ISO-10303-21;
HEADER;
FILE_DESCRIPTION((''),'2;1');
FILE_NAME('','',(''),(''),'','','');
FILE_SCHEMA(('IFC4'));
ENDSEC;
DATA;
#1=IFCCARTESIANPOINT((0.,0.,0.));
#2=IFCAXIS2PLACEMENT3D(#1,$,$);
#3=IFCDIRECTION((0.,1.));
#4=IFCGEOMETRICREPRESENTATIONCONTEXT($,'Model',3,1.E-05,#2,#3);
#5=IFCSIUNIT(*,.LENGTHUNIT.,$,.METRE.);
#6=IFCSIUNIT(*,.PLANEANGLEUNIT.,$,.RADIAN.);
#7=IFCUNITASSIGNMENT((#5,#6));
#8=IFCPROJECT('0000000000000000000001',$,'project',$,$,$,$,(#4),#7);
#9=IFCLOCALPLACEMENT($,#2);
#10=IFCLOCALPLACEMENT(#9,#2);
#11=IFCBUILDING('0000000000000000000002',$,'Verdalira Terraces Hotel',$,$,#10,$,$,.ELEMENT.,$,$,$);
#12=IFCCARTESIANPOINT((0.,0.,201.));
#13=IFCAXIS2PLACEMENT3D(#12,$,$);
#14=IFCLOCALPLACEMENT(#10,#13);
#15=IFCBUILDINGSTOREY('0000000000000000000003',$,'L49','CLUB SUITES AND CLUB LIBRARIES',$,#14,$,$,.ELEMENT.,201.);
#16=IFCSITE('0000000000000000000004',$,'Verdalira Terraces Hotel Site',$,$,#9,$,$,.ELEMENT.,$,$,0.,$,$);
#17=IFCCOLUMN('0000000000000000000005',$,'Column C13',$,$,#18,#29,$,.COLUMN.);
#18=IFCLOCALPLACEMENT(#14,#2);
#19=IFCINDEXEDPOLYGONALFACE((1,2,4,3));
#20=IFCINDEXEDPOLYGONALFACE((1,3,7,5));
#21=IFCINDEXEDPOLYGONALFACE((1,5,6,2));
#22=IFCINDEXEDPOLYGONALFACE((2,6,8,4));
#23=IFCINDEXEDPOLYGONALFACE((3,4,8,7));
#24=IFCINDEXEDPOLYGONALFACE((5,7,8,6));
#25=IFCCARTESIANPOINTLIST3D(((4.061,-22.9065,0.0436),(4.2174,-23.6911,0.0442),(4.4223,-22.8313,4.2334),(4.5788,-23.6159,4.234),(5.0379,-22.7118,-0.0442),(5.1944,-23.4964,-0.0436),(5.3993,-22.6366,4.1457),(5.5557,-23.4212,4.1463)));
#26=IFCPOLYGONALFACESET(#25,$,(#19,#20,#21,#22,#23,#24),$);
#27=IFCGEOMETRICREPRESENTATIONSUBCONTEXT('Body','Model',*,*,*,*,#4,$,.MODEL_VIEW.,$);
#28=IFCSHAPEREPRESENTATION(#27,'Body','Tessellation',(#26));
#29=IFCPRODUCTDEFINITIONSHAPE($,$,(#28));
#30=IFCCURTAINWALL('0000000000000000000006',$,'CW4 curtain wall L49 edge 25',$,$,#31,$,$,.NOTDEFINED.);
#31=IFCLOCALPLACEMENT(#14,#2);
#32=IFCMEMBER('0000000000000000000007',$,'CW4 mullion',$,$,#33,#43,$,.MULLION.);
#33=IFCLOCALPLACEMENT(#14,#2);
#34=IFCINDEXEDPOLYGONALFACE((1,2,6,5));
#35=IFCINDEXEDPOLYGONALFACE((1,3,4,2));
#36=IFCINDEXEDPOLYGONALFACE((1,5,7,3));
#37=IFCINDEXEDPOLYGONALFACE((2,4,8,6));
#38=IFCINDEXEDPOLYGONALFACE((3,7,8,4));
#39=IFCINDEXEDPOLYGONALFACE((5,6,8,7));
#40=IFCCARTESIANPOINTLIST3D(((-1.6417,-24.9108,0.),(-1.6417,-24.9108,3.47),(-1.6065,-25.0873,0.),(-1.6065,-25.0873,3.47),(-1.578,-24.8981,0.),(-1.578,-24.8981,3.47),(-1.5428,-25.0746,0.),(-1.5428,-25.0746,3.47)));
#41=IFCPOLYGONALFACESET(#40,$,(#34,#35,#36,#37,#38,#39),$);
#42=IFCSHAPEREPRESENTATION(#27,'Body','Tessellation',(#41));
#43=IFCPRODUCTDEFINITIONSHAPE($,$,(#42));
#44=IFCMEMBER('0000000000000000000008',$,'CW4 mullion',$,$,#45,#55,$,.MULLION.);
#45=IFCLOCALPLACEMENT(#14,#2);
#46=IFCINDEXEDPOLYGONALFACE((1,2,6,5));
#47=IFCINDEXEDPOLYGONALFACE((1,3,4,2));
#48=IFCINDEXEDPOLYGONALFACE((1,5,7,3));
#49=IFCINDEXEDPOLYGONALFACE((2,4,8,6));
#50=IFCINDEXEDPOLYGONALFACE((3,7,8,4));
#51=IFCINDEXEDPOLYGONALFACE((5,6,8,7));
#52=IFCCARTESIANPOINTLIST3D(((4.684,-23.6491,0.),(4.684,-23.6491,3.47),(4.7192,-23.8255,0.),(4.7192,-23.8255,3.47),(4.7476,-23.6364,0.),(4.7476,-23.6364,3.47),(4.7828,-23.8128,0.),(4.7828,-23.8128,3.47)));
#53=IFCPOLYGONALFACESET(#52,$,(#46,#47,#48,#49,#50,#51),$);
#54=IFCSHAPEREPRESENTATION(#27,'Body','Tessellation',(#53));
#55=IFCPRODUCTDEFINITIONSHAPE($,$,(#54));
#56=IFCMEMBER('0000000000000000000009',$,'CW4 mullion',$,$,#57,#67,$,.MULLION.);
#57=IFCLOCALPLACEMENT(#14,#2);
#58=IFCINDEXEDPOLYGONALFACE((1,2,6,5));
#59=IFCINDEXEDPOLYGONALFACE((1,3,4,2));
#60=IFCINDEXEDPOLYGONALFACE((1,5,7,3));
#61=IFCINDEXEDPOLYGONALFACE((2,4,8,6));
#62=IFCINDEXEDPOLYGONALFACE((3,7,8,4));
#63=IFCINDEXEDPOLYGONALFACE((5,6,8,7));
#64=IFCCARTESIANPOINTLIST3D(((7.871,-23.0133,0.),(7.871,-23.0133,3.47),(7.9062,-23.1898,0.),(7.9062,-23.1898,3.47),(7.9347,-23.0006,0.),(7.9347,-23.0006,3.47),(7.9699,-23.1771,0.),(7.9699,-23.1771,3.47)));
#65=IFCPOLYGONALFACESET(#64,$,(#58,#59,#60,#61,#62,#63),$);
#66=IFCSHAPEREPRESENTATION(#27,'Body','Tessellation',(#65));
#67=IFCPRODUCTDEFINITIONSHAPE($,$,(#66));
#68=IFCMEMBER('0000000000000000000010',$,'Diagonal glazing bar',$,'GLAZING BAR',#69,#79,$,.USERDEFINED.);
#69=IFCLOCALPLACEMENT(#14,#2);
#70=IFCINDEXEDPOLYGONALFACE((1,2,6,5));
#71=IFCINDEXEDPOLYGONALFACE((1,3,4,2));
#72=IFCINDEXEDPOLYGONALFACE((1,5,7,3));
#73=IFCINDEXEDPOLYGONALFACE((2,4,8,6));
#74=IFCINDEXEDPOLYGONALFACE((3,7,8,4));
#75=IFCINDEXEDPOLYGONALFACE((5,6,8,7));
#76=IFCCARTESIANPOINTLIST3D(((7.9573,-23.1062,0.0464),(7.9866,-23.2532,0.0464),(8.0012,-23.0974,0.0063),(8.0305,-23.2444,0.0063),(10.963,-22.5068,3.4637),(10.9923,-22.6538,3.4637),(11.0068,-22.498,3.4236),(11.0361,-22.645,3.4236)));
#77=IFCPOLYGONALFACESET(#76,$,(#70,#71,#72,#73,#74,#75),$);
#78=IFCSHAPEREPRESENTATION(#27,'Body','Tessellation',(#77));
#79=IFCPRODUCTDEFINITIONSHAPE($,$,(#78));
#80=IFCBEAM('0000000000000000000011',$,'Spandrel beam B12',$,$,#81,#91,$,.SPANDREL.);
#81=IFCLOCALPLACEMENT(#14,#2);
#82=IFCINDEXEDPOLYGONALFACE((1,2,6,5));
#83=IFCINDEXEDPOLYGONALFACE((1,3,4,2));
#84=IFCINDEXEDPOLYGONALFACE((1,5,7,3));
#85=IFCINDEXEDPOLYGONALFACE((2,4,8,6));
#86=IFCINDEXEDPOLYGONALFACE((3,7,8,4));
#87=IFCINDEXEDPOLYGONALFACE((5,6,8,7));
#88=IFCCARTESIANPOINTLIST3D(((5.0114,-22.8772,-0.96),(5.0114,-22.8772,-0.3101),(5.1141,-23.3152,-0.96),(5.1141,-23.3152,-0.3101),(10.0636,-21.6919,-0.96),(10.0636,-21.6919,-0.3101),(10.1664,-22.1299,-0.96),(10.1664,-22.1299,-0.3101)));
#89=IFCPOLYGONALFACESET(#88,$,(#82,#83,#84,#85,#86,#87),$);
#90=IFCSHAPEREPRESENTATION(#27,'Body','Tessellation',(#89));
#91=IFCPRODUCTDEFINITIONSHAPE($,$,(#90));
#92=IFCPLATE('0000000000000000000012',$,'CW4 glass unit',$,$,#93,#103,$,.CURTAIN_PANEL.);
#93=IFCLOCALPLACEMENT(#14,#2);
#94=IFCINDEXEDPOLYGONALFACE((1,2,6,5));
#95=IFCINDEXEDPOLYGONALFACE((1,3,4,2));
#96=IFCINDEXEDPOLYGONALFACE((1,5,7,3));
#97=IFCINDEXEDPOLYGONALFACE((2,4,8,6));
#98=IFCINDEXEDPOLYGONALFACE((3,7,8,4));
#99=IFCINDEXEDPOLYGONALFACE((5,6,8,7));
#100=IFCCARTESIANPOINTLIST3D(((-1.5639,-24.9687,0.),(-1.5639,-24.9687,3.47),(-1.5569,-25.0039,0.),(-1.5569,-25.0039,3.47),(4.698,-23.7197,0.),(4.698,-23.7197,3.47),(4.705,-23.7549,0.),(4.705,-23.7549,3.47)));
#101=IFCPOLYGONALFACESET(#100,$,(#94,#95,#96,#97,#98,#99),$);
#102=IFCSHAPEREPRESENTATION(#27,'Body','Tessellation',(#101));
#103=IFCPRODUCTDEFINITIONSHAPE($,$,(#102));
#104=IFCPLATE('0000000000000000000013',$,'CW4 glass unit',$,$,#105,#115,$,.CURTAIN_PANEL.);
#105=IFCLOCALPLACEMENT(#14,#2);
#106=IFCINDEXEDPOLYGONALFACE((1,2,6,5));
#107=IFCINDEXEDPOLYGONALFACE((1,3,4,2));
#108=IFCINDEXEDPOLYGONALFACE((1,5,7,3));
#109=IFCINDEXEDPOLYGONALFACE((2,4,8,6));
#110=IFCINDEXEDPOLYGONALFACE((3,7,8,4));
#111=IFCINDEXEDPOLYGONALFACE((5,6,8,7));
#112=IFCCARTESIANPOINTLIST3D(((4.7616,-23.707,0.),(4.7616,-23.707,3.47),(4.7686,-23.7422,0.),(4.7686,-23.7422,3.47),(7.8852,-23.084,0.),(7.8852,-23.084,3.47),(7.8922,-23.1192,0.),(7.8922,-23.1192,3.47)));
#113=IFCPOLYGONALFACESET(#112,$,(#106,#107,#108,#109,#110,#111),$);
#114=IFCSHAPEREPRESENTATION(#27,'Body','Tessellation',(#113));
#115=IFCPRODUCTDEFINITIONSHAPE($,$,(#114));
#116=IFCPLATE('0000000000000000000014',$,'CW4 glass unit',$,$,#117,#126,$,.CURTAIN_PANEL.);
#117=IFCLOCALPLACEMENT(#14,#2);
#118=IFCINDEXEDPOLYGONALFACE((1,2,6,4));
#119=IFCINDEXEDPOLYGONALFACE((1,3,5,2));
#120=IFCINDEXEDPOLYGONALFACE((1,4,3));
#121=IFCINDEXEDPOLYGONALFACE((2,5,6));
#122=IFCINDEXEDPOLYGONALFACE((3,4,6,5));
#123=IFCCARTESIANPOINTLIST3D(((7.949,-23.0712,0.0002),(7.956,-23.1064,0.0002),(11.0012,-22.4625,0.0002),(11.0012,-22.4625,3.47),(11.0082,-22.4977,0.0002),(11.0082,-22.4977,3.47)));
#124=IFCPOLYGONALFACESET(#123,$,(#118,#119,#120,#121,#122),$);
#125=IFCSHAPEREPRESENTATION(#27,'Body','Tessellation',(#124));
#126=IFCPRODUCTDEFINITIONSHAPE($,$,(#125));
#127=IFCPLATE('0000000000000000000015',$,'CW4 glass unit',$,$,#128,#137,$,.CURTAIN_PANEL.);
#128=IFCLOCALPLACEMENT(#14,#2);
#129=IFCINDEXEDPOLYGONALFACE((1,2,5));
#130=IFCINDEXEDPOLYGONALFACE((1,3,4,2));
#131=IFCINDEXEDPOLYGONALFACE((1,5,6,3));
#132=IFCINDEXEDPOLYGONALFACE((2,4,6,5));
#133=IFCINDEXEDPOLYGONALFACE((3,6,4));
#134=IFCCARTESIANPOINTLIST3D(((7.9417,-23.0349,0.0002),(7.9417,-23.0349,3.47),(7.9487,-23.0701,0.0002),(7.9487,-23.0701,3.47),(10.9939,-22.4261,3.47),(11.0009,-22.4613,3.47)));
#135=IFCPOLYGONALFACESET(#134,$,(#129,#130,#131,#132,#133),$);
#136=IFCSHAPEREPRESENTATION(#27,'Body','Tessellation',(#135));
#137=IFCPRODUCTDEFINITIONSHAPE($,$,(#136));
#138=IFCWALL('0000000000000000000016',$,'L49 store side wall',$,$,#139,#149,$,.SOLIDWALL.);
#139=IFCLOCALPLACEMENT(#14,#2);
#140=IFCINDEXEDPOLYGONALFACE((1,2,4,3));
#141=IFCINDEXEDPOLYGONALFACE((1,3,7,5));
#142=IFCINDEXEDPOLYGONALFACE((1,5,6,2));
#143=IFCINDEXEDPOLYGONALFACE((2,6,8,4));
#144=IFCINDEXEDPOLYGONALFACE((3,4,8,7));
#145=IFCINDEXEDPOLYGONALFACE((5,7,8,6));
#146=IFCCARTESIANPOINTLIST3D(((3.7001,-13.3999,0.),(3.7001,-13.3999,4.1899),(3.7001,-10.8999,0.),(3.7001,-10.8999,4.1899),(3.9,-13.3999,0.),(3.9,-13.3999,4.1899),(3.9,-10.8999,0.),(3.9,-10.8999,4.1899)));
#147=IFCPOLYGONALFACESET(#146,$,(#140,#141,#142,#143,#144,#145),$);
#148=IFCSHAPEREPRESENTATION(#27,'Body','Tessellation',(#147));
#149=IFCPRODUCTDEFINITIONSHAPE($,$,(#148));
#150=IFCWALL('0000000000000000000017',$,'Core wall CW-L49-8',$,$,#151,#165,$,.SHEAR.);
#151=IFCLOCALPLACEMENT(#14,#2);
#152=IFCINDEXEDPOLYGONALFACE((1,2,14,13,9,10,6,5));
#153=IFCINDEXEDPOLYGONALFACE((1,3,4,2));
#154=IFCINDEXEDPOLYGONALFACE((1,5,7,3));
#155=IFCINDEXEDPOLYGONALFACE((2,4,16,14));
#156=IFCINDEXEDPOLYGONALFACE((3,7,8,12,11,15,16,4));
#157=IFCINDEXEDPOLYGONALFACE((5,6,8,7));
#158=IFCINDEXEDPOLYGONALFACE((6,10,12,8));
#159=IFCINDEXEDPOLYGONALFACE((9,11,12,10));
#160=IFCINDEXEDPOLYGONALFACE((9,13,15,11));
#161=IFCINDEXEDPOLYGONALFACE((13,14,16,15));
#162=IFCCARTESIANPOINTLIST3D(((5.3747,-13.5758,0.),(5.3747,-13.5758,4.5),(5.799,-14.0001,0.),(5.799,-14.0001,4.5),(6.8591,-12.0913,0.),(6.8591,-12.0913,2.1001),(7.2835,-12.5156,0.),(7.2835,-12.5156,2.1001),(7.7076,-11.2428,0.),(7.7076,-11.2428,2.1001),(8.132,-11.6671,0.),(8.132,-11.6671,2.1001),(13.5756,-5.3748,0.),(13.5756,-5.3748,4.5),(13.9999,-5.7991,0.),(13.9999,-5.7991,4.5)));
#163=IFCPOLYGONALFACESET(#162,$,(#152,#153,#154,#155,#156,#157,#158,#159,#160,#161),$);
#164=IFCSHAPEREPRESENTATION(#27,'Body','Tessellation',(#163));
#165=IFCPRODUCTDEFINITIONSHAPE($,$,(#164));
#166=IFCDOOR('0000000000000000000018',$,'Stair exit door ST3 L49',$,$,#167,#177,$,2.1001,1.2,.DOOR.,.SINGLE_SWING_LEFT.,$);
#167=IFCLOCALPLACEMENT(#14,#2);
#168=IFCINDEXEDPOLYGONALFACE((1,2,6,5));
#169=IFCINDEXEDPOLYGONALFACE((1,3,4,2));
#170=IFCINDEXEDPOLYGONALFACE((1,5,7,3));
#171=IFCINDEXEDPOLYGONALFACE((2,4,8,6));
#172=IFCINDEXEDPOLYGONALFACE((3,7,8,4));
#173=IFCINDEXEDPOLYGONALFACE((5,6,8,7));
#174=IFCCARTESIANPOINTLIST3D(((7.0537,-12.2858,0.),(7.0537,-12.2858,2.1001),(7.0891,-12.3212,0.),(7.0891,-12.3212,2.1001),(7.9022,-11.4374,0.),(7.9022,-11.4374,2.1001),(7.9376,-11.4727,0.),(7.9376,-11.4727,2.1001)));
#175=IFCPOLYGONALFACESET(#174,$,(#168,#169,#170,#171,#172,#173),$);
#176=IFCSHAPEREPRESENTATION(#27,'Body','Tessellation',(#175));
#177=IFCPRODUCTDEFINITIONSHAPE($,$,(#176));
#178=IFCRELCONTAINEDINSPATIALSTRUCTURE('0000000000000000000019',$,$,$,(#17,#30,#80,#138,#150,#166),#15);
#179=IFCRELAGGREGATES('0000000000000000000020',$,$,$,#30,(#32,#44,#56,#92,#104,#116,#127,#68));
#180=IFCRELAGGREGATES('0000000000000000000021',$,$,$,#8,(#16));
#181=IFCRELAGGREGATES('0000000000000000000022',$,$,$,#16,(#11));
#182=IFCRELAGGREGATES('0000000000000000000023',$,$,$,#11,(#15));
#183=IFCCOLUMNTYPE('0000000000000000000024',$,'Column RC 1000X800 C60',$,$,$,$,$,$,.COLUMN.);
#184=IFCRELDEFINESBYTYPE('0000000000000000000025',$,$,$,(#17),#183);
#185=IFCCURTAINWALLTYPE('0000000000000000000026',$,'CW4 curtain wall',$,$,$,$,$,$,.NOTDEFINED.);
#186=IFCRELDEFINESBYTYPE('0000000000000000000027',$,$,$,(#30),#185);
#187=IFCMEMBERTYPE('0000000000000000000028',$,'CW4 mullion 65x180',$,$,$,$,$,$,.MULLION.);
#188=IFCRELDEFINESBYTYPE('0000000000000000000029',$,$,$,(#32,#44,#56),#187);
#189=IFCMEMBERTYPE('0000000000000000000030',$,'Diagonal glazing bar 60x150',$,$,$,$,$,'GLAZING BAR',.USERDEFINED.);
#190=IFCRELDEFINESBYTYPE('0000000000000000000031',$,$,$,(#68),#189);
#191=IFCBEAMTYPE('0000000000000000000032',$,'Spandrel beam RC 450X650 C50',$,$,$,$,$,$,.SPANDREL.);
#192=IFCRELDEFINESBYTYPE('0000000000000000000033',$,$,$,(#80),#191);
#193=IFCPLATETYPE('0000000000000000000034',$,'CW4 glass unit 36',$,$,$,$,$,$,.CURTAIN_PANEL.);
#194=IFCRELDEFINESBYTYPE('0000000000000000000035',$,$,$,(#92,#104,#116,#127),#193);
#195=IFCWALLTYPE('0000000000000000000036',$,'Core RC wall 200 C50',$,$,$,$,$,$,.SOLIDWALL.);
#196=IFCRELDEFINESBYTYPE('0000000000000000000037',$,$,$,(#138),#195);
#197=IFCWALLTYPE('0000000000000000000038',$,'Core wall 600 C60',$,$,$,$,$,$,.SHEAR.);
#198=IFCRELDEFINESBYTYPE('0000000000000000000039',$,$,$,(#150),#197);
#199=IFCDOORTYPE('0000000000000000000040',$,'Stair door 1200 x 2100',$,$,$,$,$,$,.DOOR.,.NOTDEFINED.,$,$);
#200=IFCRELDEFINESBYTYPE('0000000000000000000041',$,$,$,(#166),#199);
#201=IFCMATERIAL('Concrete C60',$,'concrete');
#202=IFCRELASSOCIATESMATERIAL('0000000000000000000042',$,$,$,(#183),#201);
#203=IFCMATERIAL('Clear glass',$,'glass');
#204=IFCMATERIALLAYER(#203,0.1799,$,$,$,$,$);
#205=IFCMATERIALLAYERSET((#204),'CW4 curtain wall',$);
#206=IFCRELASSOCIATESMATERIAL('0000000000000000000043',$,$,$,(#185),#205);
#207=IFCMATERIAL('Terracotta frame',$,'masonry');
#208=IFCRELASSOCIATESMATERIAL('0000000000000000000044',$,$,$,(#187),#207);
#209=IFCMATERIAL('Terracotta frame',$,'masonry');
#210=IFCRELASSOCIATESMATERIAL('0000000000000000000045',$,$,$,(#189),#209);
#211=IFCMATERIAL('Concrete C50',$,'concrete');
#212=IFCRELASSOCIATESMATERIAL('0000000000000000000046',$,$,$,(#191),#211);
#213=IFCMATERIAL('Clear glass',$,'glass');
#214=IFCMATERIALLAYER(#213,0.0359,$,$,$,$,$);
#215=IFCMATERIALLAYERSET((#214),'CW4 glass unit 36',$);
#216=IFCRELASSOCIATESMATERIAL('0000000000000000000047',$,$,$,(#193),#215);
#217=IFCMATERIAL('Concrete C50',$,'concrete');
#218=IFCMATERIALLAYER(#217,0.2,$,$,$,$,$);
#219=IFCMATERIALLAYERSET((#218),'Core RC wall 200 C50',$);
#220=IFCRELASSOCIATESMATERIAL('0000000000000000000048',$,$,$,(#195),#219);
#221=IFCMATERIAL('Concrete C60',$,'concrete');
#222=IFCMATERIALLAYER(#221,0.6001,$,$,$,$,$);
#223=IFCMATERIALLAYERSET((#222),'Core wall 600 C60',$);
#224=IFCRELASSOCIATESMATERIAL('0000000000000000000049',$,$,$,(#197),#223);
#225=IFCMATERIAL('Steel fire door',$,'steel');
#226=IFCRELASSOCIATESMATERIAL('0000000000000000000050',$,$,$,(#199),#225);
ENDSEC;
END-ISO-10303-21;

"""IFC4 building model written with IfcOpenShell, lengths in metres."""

from ifc_helpers import new_model, si_unit, direction, frame, frame_2d, origin, origin_2d, place, context, subcontext, project, spatial, polyline, rectangle, outline, extrude, material, layer, layer_set, material_profile, profile_set, type_object, element, fill, aggregate, save


model = new_model("IFC4")

# Units and contexts
model_context = context("Model", 3, precision=1e-05, world=origin(), true_north=direction((0.0, 1.0)))
body_context = subcontext(model_context, "Body", "Model", "MODEL_VIEW")
ifc_project = project(units=[si_unit("LENGTHUNIT", "METRE"), si_unit("PLANEANGLEUNIT", "RADIAN")], contexts=[model_context])

# Site, building, storey
site_placement = place(None, origin())
site = spatial("IfcSite", under=ifc_project, at=site_placement, Name="Verdalira Terraces Hotel Site", CompositionType="ELEMENT", RefElevation=0.0)
building_placement = place(site_placement, origin())
building = spatial("IfcBuilding", under=site, at=building_placement, Name="Verdalira Terraces Hotel", CompositionType="ELEMENT")
storey_placement = place(building_placement, frame((0.0, 0.0, 201.0)))
storey = spatial("IfcBuildingStorey", under=building, at=storey_placement, Name="L49", Description="CLUB SUITES AND CLUB LIBRARIES", CompositionType="ELEMENT", Elevation=201.0)

# Column
ifc_material_1 = material(Name="Concrete C60", Category="concrete")
ifc_material_profile_1 = material_profile(ifc_material_1, rectangle(XDim=1.0, YDim=0.8, at=origin_2d()), Name="RC 1000X800")
ifc_profile_set_1 = profile_set([ifc_material_profile_1], Name="Concrete C60")
column_type = type_object("IfcColumnType", Name="Column RC 1000X800 C60", PredefinedType="COLUMN", material=ifc_profile_set_1)
column_placement = place(storey_placement, frame((4.6277, -23.2014, 0.0), z_axis=(0.085904, 0.017877, 0.996143), x_axis=(0.976927, 0.194716, -0.087742)))
element("IfcColumn", 1, at=column_placement, inside=storey, type_object=column_type, Name="Column C13", PredefinedType="COLUMN", context=body_context, shape_type="SweptSolid", body=[
    extrude(rectangle(XDim=1.0, YDim=0.8, at=origin_2d()), origin(), (0.0, 0.0, 1.0), 4.2061),
])

# Curtain wall, members
ifc_material_2 = material(Name="Clear glass", Category="glass")
ifc_layer_1 = layer(ifc_material_2, 0.1799)
ifc_layer_set_1 = layer_set([ifc_layer_1], Name="CW4 curtain wall")
curtain_wall_type = type_object("IfcCurtainWallType", Name="CW4 curtain wall", PredefinedType="NOTDEFINED", material=ifc_layer_set_1)
curtain_wall_placement = place(storey_placement, origin())
curtain_wall = element("IfcCurtainWall", 2, at=curtain_wall_placement, inside=storey, type_object=curtain_wall_type, Name="CW4 curtain wall L49 edge 25", PredefinedType="NOTDEFINED")
ifc_material_3 = material(Name="Terracotta frame", Category="masonry")
ifc_material_profile_2 = material_profile(ifc_material_3, rectangle(XDim=0.0649, YDim=0.1799, at=origin_2d()), Name="MU 65x180")
ifc_profile_set_2 = profile_set([ifc_material_profile_2], Name="Terracotta frame")
member_type_1 = type_object("IfcMemberType", Name="CW4 mullion 65x180", PredefinedType="MULLION", material=ifc_profile_set_2)
member_1_placement = place(storey_placement, frame((-1.5923, -24.9927, 0.0), z_axis=(0.0, 0.0, 1.0), x_axis=(0.980683, 0.195604, 0.0)))
member_1 = element("IfcMember", 3, at=member_1_placement, type_object=member_type_1, Name="CW4 mullion", PredefinedType="MULLION", context=body_context, shape_type="SweptSolid", body=[
    extrude(rectangle(XDim=0.0649, YDim=0.1799, at=origin_2d()), origin(), (0.0, 0.0, 1.0), 3.47),
])
member_2_placement = place(storey_placement, frame((4.7334, -23.731, 0.0), z_axis=(0.0, 0.0, 1.0), x_axis=(0.980683, 0.195604, 0.0)))
member_2 = element("IfcMember", 4, at=member_2_placement, type_object=member_type_1, Name="CW4 mullion", PredefinedType="MULLION", context=body_context, shape_type="SweptSolid", body=[
    extrude(rectangle(XDim=0.0649, YDim=0.1799, at=origin_2d()), origin(), (0.0, 0.0, 1.0), 3.47),
])
member_3_placement = place(storey_placement, frame((7.9204, -23.0952, 0.0), z_axis=(0.0, 0.0, 1.0), x_axis=(0.980683, 0.195604, 0.0)))
member_3 = element("IfcMember", 5, at=member_3_placement, type_object=member_type_1, Name="CW4 mullion", PredefinedType="MULLION", context=body_context, shape_type="SweptSolid", body=[
    extrude(rectangle(XDim=0.0649, YDim=0.1799, at=origin_2d()), origin(), (0.0, 0.0, 1.0), 3.47),
])
ifc_material_4 = material(Name="Terracotta frame", Category="masonry")
ifc_material_profile_3 = material_profile(ifc_material_4, rectangle(XDim=0.1499, YDim=0.0601, at=origin_2d()), Name="GB 60x150")
ifc_profile_set_3 = profile_set([ifc_material_profile_3], Name="Terracotta frame")
member_type_2 = type_object("IfcMemberType", Name="Diagonal glazing bar 60x150", ElementType="GLAZING BAR", PredefinedType="USERDEFINED", material=ifc_profile_set_3)
member_4_placement = place(storey_placement, frame((7.9939, -23.1753, 0.0264), z_axis=(0.654781, 0.130573, 0.744454), x_axis=(-0.195565, 0.980691, 0.0)))
member_4 = element("IfcMember", 6, at=member_4_placement, type_object=member_type_2, Name="Diagonal glazing bar", ObjectType="GLAZING BAR", PredefinedType="USERDEFINED", context=body_context, shape_type="SweptSolid", body=[
    extrude(rectangle(XDim=0.1499, YDim=0.0601, at=origin_2d()), origin(), (0.0, 0.0, 1.0), 4.5903),
])

# Beam
ifc_material_5 = material(Name="Concrete C50", Category="concrete")
ifc_material_profile_4 = material_profile(ifc_material_5, rectangle(XDim=0.45, YDim=0.6499, at=origin_2d()), Name="RC 450X650")
ifc_profile_set_4 = profile_set([ifc_material_profile_4], Name="Concrete C50")
beam_type = type_object("IfcBeamType", Name="Spandrel beam RC 450X650 C50", PredefinedType="SPANDREL", material=ifc_profile_set_4)
beam_placement = place(storey_placement, frame((5.0627, -23.0962, -0.635), z_axis=(0.973566, 0.228407, 0.0), x_axis=(-0.228407, 0.973566, 0.0)))
element("IfcBeam", 7, at=beam_placement, inside=storey, type_object=beam_type, Name="Spandrel beam B12", PredefinedType="SPANDREL", context=body_context, shape_type="SweptSolid", body=[
    extrude(rectangle(XDim=0.45, YDim=0.6499, at=origin_2d()), origin(), (0.0, 0.0, 1.0), 5.1895),
])

# Plates
ifc_material_6 = material(Name="Clear glass", Category="glass")
ifc_layer_2 = layer(ifc_material_6, 0.0359)
ifc_layer_set_2 = layer_set([ifc_layer_2], Name="CW4 glass unit 36")
plate_type = type_object("IfcPlateType", Name="CW4 glass unit 36", PredefinedType="CURTAIN_PANEL", material=ifc_layer_set_2)
plate_1_placement = place(storey_placement, frame((1.5706, -24.3618, 0.0), z_axis=(0.0, 0.0, 1.0), x_axis=(0.980683, 0.195604, 0.0)))
plate_1 = element("IfcPlate", 8, at=plate_1_placement, type_object=plate_type, Name="CW4 glass unit", PredefinedType="CURTAIN_PANEL", context=body_context, shape_type="SweptSolid", body=[
    extrude(rectangle(XDim=6.3853, YDim=0.0359, at=origin_2d()), origin(), (0.0, 0.0, 1.0), 3.47),
])
plate_2_placement = place(storey_placement, frame((6.3269, -23.4131, 0.0), z_axis=(0.0, 0.0, 1.0), x_axis=(0.980683, 0.195604, 0.0)))
plate_2 = element("IfcPlate", 9, at=plate_2_placement, type_object=plate_type, Name="CW4 glass unit", PredefinedType="CURTAIN_PANEL", context=body_context, shape_type="SweptSolid", body=[
    extrude(rectangle(XDim=3.1851, YDim=0.0359, at=origin_2d()), origin(), (0.0, 0.0, 1.0), 3.47),
])
plate_3_placement = place(storey_placement, frame((9.4751, -22.7668, 1.7351), z_axis=(0.195604, -0.980683, 0.0), x_axis=(0.980683, 0.195604, 0.0)))
plate_3 = element("IfcPlate", 10, at=plate_3_placement, type_object=plate_type, Name="CW4 glass unit", PredefinedType="CURTAIN_PANEL", context=body_context, shape_type="SweptSolid", body=[
    extrude(outline(polyline([(-1.5562, -1.7349), (1.5562, -1.7349), (1.5562, 1.7349), (-1.5562, -1.7349)])), origin(), (0.0, 0.0, 1.0), 0.0359),
])
plate_4_placement = place(storey_placement, frame((9.4678, -22.7305, 1.7351), z_axis=(0.195604, -0.980683, 0.0), x_axis=(0.980683, 0.195604, 0.0)))
plate_4 = element("IfcPlate", 11, at=plate_4_placement, type_object=plate_type, Name="CW4 glass unit", PredefinedType="CURTAIN_PANEL", context=body_context, shape_type="SweptSolid", body=[
    extrude(outline(polyline([(-1.5562, -1.7349), (1.5562, 1.7349), (-1.5562, 1.7349), (-1.5562, -1.7349)])), origin(), (0.0, 0.0, 1.0), 0.0359),
])
aggregate(curtain_wall, [member_1, member_2, member_3, plate_1, plate_2, plate_3, plate_4, member_4])

# Wall
ifc_material_7 = material(Name="Concrete C50", Category="concrete")
ifc_layer_3 = layer(ifc_material_7, 0.2)
ifc_layer_set_3 = layer_set([ifc_layer_3], Name="Core RC wall 200 C50")
wall_type_1 = type_object("IfcWallType", Name="Core RC wall 200 C50", PredefinedType="SOLIDWALL", material=ifc_layer_set_3)
wall_1_placement = place(storey_placement, frame((3.8, -10.8999, 0.0), z_axis=(0.0, 0.0, 1.0), x_axis=(0.0, -1.0, 0.0)))
element("IfcWall", 12, at=wall_1_placement, inside=storey, type_object=wall_type_1, Name="L49 store side wall", PredefinedType="SOLIDWALL", context=body_context, shape_type="SweptSolid", body=[
    extrude(rectangle(XDim=2.5, YDim=0.2, at=frame_2d((1.25, 0.0))), origin(), (0.0, 0.0, 1.0), 4.1899),
])

# Wall, opening, door
ifc_material_8 = material(Name="Concrete C60", Category="concrete")
ifc_layer_4 = layer(ifc_material_8, 0.6001)
ifc_layer_set_4 = layer_set([ifc_layer_4], Name="Core wall 600 C60")
wall_type_2 = type_object("IfcWallType", Name="Core wall 600 C60", PredefinedType="SHEAR", material=ifc_layer_set_4)
wall_2_placement = place(storey_placement, frame((5.5869, -13.7878, 0.0), z_axis=(0.0, 0.0, 1.0), x_axis=(0.707107, 0.707107, 0.0)))
wall_2 = element("IfcWall", 13, at=wall_2_placement, inside=storey, type_object=wall_type_2, Name="Core wall CW-L49-8", PredefinedType="SHEAR", context=body_context, shape_type="SweptSolid", body=[
    extrude(rectangle(XDim=11.5979, YDim=0.6001, at=frame_2d((5.7988, 0.0))), origin(), (0.0, 0.0, 1.0), 4.5),
])
opening_1_placement = place(wall_2_placement, frame((2.0991, 0.0, 0.0)))
opening_1 = element("IfcOpeningElement", 14, at=opening_1_placement, cuts=wall_2, PredefinedType="OPENING", context=body_context, shape_type="SweptSolid", body=[
    extrude(rectangle(XDim=1.2, YDim=2.1001, at=frame_2d((0.6001, 1.05))), frame((0.0, 0.3101, 0.0), z_axis=(0.0, -1.0, 0.0), x_axis=(1.0, 0.0, 0.0)), (0.0, 0.0, 1.0), 0.6201),
])
ifc_material_9 = material(Name="Steel fire door", Category="steel")
door_type_1 = type_object("IfcDoorType", Name="Stair door 1200 x 2100", OperationType="NOTDEFINED", PredefinedType="DOOR", material=ifc_material_9)
door_1_placement = place(opening_1_placement, origin())
door_1 = element("IfcDoor", 15, at=door_1_placement, inside=storey, type_object=door_type_1, Name="Stair exit door ST3 L49", OperationType="SINGLE_SWING_LEFT", OverallHeight=2.1001, OverallWidth=1.2, PredefinedType="DOOR", context=body_context, shape_type="SweptSolid", body=[
    extrude(rectangle(XDim=1.2, YDim=2.1001, at=frame_2d((0.6001, 1.05))), frame((0.0, 0.0249, 0.0), z_axis=(0.0, -1.0, 0.0), x_axis=(1.0, 0.0, 0.0)), (0.0, 0.0, 1.0), 0.05),
])
fill(opening_1, door_1)

save(model, "model.ifc")
